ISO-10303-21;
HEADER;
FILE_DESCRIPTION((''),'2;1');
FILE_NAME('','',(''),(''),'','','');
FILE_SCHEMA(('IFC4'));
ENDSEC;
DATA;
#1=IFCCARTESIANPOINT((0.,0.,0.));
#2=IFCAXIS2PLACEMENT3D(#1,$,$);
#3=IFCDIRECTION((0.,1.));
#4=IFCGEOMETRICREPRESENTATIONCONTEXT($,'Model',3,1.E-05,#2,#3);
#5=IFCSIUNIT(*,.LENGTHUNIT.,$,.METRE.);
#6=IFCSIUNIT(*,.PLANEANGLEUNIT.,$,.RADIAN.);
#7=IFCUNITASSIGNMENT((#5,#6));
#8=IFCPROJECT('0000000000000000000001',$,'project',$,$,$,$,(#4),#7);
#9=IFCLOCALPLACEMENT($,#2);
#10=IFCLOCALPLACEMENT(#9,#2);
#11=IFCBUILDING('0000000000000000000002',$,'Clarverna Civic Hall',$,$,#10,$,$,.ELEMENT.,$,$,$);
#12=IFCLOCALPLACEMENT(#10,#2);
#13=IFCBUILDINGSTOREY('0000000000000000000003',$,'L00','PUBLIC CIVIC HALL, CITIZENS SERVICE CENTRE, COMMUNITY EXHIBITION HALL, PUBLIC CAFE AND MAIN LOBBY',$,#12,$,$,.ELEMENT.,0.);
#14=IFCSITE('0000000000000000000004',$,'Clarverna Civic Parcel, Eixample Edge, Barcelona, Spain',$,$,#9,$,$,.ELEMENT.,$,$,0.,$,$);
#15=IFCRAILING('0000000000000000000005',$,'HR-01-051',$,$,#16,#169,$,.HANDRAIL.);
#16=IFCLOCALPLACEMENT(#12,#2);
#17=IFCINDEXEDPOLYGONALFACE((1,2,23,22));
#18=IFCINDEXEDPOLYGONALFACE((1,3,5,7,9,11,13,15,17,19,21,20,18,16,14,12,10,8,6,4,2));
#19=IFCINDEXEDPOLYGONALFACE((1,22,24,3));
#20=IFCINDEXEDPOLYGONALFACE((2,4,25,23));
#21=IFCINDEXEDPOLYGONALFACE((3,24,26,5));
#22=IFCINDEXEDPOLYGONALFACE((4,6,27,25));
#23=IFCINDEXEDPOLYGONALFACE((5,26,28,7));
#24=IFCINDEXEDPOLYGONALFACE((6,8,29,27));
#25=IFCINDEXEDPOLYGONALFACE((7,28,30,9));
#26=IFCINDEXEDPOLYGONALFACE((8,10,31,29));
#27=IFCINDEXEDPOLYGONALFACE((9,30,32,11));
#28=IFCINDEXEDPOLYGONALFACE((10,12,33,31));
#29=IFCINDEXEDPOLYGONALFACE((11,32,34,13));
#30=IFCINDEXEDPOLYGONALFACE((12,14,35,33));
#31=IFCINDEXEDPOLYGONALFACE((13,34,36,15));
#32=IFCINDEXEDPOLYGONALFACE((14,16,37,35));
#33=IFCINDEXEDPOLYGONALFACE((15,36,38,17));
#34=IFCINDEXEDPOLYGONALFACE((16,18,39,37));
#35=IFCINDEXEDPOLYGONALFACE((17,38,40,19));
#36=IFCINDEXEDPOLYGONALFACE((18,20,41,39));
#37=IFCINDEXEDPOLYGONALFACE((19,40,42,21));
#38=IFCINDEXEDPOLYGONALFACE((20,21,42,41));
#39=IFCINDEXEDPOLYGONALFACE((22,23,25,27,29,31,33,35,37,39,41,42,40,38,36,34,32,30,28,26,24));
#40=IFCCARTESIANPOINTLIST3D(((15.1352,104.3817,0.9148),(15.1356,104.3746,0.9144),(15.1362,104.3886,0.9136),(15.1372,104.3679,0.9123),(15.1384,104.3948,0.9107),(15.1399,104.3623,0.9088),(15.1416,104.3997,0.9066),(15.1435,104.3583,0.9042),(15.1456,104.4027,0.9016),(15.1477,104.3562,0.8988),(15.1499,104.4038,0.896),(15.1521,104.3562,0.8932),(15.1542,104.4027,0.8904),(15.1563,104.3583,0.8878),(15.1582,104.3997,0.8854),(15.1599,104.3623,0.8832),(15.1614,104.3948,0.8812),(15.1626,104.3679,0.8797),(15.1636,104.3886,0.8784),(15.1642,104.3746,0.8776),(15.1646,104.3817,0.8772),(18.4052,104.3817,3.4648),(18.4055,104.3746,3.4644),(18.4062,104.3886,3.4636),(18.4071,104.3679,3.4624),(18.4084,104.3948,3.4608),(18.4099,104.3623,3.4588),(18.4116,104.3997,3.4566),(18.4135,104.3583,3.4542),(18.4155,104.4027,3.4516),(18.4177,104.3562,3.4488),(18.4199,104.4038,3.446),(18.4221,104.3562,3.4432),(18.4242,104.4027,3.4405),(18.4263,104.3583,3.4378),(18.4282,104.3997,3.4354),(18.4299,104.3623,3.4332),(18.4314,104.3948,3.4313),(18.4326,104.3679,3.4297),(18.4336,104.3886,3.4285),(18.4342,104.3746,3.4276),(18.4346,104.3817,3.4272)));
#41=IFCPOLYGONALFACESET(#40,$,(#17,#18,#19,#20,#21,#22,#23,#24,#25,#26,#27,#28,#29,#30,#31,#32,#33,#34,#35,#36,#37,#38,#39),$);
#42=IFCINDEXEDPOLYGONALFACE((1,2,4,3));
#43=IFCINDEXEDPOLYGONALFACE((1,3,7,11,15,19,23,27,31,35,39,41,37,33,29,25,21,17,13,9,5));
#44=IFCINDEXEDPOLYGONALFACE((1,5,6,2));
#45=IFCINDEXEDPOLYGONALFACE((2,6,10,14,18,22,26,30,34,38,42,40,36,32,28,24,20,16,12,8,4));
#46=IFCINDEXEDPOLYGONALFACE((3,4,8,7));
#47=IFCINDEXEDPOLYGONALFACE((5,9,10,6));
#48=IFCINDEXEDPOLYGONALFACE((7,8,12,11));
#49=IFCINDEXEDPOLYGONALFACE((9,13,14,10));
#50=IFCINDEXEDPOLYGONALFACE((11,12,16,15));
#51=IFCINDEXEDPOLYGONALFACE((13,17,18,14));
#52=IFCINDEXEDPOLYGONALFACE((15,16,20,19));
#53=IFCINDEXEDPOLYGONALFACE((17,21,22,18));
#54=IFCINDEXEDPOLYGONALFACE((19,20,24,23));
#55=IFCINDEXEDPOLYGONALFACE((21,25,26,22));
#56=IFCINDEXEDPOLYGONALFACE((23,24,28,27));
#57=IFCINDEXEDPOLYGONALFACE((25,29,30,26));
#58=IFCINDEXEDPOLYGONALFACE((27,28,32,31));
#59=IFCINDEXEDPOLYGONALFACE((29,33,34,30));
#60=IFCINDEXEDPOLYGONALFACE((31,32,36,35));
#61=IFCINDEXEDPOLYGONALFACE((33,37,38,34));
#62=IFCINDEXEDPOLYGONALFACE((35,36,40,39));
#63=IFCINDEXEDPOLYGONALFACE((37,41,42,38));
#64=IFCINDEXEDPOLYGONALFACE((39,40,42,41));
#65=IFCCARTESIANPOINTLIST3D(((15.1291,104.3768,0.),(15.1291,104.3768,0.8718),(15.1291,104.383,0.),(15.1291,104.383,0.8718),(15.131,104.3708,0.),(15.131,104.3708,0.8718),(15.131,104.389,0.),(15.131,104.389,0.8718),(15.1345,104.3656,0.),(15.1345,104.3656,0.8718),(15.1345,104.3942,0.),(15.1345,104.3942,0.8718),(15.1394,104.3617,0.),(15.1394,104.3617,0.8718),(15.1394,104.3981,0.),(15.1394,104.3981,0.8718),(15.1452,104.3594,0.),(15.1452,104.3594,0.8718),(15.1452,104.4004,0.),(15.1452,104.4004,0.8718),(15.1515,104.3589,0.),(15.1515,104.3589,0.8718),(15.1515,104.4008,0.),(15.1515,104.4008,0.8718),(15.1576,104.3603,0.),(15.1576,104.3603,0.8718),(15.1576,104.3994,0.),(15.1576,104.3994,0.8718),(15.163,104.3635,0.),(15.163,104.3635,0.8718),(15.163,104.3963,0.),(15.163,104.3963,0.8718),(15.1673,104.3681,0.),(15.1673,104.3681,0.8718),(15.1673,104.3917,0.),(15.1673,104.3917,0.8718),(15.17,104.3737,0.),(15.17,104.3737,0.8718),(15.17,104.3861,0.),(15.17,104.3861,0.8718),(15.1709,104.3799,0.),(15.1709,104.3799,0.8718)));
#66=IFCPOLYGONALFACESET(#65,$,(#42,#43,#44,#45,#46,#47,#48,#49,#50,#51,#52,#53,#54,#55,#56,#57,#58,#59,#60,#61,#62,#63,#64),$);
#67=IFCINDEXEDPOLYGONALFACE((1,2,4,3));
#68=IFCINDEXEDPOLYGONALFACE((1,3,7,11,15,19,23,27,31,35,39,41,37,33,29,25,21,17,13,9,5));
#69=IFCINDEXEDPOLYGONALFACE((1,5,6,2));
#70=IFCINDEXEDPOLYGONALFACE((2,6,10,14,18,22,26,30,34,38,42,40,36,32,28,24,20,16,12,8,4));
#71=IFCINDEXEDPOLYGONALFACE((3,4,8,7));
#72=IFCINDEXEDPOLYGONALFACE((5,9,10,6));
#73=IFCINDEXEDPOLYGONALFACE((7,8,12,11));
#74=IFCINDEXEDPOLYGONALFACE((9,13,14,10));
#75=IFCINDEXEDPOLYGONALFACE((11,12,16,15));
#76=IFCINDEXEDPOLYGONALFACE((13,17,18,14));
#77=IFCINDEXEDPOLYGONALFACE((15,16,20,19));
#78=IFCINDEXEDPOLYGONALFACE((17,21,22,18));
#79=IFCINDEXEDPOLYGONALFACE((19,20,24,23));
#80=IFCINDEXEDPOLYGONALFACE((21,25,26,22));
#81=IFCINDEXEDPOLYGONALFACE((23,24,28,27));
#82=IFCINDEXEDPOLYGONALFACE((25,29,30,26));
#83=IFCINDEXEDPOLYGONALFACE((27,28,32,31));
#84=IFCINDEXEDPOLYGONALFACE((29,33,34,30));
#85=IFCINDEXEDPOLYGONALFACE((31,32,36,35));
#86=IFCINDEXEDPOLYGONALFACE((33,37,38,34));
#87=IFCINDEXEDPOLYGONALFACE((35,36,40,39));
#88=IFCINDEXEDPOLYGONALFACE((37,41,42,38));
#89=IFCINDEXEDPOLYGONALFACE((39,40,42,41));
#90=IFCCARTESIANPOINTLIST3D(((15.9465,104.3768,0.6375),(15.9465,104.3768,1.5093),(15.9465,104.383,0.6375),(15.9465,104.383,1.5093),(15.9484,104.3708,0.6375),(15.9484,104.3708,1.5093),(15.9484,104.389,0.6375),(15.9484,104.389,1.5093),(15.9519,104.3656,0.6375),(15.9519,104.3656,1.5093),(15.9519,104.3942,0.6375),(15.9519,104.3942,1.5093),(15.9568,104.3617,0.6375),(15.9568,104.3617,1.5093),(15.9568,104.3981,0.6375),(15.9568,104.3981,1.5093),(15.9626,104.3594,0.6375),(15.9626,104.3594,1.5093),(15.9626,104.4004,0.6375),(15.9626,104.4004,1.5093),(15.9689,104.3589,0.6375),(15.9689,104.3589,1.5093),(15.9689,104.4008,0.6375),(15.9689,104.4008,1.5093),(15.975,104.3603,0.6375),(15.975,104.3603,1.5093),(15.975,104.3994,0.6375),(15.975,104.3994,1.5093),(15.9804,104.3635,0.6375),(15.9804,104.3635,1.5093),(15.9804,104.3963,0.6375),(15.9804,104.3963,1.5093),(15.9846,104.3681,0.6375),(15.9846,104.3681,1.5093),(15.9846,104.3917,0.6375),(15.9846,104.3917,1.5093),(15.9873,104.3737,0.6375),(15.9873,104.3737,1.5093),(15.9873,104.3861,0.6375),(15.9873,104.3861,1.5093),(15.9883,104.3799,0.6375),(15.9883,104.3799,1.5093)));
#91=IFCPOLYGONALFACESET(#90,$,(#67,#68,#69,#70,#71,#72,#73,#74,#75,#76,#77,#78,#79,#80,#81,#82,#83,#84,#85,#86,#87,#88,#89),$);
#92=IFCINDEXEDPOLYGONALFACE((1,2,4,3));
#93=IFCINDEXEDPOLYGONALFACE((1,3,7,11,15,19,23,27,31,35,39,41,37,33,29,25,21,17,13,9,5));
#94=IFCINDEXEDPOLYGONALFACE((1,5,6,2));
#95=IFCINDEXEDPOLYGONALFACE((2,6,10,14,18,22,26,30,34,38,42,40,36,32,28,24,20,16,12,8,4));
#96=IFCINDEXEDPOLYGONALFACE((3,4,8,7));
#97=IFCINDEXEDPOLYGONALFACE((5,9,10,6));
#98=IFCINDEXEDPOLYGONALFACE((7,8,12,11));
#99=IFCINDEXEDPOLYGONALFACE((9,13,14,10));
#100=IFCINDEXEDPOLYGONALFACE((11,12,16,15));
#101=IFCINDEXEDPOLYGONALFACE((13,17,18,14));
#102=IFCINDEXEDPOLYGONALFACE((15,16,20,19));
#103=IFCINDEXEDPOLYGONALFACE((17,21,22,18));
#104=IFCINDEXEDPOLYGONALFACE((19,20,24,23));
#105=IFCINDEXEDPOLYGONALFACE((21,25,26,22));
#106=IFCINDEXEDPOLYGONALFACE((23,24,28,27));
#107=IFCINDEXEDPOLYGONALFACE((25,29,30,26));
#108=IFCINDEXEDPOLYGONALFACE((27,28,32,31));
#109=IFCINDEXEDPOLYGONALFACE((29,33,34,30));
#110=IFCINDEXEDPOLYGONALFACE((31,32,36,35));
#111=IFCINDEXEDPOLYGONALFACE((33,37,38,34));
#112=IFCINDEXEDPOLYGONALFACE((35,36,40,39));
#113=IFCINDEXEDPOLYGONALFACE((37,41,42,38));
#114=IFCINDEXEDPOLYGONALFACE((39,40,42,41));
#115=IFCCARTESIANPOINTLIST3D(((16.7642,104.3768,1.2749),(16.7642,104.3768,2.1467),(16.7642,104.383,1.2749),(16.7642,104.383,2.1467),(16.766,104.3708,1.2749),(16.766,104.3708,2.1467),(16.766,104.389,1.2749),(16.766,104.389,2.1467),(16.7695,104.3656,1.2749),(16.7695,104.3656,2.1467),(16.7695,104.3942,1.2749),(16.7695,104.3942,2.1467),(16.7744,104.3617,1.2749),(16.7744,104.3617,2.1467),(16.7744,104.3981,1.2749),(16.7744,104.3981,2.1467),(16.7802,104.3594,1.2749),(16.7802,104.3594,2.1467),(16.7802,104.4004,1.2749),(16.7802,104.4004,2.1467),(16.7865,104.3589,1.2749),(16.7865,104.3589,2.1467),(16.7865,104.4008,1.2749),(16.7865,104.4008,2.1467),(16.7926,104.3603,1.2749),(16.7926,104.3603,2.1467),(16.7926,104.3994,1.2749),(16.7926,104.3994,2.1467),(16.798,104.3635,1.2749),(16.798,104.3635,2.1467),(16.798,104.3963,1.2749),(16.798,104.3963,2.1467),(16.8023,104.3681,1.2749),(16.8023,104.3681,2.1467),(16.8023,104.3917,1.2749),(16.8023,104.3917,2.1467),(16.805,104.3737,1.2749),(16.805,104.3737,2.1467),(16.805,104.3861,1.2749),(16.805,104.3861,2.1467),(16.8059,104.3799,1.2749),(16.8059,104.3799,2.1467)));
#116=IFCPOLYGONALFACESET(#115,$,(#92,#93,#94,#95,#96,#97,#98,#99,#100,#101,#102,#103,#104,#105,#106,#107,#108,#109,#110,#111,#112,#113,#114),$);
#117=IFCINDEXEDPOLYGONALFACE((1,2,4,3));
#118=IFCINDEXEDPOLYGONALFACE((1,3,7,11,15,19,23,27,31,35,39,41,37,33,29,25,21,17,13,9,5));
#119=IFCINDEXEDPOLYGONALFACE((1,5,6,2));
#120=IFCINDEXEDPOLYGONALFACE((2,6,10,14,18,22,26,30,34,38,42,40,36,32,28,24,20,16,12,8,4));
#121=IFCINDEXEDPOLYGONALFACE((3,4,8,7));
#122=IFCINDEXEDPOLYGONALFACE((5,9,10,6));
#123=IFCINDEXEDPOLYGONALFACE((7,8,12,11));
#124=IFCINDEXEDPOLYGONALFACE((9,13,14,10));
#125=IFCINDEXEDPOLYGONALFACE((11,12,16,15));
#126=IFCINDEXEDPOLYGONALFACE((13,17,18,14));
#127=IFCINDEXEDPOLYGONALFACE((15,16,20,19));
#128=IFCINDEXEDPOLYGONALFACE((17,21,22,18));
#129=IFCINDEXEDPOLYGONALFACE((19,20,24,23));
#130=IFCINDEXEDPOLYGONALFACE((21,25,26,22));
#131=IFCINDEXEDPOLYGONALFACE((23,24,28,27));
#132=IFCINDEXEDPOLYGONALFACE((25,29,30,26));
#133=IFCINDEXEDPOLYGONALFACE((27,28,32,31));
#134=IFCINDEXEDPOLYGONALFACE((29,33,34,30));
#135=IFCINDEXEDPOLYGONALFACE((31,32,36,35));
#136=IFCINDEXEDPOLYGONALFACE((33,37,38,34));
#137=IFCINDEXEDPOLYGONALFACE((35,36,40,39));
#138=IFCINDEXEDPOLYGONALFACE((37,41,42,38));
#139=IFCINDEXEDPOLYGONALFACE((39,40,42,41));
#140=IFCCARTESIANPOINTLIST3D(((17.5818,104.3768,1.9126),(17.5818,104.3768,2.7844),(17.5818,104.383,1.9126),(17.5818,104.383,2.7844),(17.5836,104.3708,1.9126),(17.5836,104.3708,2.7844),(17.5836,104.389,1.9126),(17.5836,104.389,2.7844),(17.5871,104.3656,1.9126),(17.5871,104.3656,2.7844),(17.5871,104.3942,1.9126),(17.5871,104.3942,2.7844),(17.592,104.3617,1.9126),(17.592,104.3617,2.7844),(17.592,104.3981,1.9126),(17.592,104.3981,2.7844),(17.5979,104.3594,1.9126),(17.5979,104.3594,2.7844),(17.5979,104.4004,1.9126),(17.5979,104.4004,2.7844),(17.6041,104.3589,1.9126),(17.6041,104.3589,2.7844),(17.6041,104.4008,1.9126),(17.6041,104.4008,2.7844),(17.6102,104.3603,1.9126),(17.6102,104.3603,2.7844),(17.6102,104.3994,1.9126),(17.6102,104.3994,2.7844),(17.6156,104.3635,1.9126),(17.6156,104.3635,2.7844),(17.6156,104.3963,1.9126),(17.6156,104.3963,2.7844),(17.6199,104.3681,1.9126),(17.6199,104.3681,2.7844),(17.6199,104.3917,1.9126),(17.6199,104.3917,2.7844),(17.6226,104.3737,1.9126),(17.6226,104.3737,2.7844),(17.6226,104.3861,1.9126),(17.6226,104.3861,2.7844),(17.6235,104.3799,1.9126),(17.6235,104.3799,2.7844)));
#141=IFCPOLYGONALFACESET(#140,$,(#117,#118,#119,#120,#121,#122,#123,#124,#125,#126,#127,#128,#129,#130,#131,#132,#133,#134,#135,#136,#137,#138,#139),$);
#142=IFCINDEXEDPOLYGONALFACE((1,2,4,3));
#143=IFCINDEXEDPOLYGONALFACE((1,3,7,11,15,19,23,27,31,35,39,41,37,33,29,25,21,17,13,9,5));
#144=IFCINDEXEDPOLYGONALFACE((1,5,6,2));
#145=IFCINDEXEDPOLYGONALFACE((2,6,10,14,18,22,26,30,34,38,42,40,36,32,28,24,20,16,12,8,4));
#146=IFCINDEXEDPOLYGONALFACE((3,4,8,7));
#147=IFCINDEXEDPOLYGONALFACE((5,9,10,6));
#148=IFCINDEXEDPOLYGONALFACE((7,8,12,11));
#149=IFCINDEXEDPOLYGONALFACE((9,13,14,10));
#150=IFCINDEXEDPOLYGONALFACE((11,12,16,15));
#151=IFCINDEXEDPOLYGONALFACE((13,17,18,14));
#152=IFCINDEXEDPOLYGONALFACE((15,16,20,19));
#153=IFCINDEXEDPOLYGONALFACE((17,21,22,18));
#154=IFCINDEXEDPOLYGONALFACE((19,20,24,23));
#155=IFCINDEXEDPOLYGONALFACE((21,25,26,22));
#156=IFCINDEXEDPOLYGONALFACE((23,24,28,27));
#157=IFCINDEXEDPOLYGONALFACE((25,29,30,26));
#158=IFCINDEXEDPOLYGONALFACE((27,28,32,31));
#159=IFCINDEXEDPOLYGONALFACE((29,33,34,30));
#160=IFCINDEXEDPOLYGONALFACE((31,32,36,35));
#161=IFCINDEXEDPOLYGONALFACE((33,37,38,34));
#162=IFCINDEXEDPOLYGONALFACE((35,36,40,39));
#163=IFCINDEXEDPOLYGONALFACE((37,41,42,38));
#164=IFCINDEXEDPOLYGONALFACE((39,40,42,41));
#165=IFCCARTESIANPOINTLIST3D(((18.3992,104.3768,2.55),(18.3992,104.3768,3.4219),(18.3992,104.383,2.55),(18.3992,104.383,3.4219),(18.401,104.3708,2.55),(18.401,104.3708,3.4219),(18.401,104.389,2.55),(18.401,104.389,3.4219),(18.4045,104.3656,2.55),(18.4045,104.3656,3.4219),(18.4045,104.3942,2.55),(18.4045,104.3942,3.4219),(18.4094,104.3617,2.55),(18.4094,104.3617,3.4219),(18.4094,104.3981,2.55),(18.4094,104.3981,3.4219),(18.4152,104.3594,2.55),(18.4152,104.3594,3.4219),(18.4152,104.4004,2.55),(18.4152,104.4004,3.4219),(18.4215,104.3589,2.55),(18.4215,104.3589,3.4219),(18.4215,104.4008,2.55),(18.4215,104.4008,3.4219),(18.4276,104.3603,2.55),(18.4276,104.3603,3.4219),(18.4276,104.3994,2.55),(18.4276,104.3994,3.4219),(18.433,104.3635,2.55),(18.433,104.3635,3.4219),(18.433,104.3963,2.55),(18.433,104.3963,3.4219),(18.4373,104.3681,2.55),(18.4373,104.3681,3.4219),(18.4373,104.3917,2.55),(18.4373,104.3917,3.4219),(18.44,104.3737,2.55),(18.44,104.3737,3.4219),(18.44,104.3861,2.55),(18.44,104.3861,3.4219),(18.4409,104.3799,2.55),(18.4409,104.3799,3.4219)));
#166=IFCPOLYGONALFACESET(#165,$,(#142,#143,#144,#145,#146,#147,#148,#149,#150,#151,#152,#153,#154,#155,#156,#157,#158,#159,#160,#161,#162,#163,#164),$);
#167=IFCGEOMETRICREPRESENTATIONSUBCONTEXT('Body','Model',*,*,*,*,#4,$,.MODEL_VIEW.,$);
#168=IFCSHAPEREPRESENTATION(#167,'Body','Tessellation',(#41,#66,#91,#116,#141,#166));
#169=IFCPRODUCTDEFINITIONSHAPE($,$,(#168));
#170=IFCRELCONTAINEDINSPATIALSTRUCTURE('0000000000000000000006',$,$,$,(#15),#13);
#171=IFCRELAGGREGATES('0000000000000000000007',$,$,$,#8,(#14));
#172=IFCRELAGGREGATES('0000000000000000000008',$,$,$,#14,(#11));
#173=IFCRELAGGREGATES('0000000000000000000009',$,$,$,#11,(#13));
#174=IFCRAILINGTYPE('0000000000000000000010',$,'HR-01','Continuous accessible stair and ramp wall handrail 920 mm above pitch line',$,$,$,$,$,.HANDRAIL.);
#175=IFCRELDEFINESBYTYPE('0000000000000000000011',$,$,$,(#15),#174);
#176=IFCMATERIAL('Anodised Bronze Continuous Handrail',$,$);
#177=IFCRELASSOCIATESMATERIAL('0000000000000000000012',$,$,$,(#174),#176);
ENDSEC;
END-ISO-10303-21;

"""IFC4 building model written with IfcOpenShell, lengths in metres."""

from ifc_helpers import new_model, si_unit, direction, frame, origin, origin_2d, place, context, subcontext, project, spatial, circle, extrude, material, type_object, element, save


model = new_model("IFC4")

# Units and contexts
model_context = context("Model", 3, precision=1e-05, world=origin(), true_north=direction((0.0, 1.0)))
body_context = subcontext(model_context, "Body", "Model", "MODEL_VIEW")
ifc_project = project(units=[si_unit("LENGTHUNIT", "METRE"), si_unit("PLANEANGLEUNIT", "RADIAN")], contexts=[model_context])

# Site, building, storey
site_placement = place(None, origin())
site = spatial("IfcSite", under=ifc_project, at=site_placement, Name="Clarverna Civic Parcel, Eixample Edge, Barcelona, Spain", CompositionType="ELEMENT", RefElevation=0.0)
building_placement = place(site_placement, origin())
building = spatial("IfcBuilding", under=site, at=building_placement, Name="Clarverna Civic Hall", CompositionType="ELEMENT")
storey_placement = place(building_placement, origin())
storey = spatial("IfcBuildingStorey", under=building, at=storey_placement, Name="L00", Description="PUBLIC CIVIC HALL, CITIZENS SERVICE CENTRE, COMMUNITY EXHIBITION HALL, PUBLIC CAFE AND MAIN LOBBY", CompositionType="ELEMENT", Elevation=0.0)

# Railing
ifc_material_1 = material(Name="Anodised Bronze Continuous Handrail")
railing_type = type_object("IfcRailingType", Name="HR-01", Description="Continuous accessible stair and ramp wall handrail 920 mm above pitch line", PredefinedType="HANDRAIL", material=ifc_material_1)
railing_placement = place(storey_placement, frame((15.1499, 104.3799, 0.0)))
element("IfcRailing", 1, at=railing_placement, inside=storey, type_object=railing_type, Name="HR-01-051", PredefinedType="HANDRAIL", context=body_context, shape_type="SweptSolid", body=[
    extrude(circle(Radius=0.0239, at=origin_2d()), frame((0.0, 0.0, 0.896), z_axis=(0.788569, 0.0, 0.614947), x_axis=(0.0, 1.0, 0.0)), (0.0, 0.0, 1.0), 4.1467),
    extrude(circle(Radius=0.021, at=origin_2d()), origin(), (0.0, 0.0, 1.0), 0.8718),
    extrude(circle(Radius=0.021, at=origin_2d()), frame((0.8174, 0.0, 0.6375)), (0.0, 0.0, 1.0), 0.8718),
    extrude(circle(Radius=0.021, at=origin_2d()), frame((1.635, 0.0, 1.2749)), (0.0, 0.0, 1.0), 0.8718),
    extrude(circle(Radius=0.021, at=origin_2d()), frame((2.4526, 0.0, 1.9126)), (0.0, 0.0, 1.0), 0.8718),
    extrude(circle(Radius=0.021, at=origin_2d()), frame((3.27, 0.0, 2.55)), (0.0, 0.0, 1.0), 0.8718),
])

save(model, "model.ifc")
